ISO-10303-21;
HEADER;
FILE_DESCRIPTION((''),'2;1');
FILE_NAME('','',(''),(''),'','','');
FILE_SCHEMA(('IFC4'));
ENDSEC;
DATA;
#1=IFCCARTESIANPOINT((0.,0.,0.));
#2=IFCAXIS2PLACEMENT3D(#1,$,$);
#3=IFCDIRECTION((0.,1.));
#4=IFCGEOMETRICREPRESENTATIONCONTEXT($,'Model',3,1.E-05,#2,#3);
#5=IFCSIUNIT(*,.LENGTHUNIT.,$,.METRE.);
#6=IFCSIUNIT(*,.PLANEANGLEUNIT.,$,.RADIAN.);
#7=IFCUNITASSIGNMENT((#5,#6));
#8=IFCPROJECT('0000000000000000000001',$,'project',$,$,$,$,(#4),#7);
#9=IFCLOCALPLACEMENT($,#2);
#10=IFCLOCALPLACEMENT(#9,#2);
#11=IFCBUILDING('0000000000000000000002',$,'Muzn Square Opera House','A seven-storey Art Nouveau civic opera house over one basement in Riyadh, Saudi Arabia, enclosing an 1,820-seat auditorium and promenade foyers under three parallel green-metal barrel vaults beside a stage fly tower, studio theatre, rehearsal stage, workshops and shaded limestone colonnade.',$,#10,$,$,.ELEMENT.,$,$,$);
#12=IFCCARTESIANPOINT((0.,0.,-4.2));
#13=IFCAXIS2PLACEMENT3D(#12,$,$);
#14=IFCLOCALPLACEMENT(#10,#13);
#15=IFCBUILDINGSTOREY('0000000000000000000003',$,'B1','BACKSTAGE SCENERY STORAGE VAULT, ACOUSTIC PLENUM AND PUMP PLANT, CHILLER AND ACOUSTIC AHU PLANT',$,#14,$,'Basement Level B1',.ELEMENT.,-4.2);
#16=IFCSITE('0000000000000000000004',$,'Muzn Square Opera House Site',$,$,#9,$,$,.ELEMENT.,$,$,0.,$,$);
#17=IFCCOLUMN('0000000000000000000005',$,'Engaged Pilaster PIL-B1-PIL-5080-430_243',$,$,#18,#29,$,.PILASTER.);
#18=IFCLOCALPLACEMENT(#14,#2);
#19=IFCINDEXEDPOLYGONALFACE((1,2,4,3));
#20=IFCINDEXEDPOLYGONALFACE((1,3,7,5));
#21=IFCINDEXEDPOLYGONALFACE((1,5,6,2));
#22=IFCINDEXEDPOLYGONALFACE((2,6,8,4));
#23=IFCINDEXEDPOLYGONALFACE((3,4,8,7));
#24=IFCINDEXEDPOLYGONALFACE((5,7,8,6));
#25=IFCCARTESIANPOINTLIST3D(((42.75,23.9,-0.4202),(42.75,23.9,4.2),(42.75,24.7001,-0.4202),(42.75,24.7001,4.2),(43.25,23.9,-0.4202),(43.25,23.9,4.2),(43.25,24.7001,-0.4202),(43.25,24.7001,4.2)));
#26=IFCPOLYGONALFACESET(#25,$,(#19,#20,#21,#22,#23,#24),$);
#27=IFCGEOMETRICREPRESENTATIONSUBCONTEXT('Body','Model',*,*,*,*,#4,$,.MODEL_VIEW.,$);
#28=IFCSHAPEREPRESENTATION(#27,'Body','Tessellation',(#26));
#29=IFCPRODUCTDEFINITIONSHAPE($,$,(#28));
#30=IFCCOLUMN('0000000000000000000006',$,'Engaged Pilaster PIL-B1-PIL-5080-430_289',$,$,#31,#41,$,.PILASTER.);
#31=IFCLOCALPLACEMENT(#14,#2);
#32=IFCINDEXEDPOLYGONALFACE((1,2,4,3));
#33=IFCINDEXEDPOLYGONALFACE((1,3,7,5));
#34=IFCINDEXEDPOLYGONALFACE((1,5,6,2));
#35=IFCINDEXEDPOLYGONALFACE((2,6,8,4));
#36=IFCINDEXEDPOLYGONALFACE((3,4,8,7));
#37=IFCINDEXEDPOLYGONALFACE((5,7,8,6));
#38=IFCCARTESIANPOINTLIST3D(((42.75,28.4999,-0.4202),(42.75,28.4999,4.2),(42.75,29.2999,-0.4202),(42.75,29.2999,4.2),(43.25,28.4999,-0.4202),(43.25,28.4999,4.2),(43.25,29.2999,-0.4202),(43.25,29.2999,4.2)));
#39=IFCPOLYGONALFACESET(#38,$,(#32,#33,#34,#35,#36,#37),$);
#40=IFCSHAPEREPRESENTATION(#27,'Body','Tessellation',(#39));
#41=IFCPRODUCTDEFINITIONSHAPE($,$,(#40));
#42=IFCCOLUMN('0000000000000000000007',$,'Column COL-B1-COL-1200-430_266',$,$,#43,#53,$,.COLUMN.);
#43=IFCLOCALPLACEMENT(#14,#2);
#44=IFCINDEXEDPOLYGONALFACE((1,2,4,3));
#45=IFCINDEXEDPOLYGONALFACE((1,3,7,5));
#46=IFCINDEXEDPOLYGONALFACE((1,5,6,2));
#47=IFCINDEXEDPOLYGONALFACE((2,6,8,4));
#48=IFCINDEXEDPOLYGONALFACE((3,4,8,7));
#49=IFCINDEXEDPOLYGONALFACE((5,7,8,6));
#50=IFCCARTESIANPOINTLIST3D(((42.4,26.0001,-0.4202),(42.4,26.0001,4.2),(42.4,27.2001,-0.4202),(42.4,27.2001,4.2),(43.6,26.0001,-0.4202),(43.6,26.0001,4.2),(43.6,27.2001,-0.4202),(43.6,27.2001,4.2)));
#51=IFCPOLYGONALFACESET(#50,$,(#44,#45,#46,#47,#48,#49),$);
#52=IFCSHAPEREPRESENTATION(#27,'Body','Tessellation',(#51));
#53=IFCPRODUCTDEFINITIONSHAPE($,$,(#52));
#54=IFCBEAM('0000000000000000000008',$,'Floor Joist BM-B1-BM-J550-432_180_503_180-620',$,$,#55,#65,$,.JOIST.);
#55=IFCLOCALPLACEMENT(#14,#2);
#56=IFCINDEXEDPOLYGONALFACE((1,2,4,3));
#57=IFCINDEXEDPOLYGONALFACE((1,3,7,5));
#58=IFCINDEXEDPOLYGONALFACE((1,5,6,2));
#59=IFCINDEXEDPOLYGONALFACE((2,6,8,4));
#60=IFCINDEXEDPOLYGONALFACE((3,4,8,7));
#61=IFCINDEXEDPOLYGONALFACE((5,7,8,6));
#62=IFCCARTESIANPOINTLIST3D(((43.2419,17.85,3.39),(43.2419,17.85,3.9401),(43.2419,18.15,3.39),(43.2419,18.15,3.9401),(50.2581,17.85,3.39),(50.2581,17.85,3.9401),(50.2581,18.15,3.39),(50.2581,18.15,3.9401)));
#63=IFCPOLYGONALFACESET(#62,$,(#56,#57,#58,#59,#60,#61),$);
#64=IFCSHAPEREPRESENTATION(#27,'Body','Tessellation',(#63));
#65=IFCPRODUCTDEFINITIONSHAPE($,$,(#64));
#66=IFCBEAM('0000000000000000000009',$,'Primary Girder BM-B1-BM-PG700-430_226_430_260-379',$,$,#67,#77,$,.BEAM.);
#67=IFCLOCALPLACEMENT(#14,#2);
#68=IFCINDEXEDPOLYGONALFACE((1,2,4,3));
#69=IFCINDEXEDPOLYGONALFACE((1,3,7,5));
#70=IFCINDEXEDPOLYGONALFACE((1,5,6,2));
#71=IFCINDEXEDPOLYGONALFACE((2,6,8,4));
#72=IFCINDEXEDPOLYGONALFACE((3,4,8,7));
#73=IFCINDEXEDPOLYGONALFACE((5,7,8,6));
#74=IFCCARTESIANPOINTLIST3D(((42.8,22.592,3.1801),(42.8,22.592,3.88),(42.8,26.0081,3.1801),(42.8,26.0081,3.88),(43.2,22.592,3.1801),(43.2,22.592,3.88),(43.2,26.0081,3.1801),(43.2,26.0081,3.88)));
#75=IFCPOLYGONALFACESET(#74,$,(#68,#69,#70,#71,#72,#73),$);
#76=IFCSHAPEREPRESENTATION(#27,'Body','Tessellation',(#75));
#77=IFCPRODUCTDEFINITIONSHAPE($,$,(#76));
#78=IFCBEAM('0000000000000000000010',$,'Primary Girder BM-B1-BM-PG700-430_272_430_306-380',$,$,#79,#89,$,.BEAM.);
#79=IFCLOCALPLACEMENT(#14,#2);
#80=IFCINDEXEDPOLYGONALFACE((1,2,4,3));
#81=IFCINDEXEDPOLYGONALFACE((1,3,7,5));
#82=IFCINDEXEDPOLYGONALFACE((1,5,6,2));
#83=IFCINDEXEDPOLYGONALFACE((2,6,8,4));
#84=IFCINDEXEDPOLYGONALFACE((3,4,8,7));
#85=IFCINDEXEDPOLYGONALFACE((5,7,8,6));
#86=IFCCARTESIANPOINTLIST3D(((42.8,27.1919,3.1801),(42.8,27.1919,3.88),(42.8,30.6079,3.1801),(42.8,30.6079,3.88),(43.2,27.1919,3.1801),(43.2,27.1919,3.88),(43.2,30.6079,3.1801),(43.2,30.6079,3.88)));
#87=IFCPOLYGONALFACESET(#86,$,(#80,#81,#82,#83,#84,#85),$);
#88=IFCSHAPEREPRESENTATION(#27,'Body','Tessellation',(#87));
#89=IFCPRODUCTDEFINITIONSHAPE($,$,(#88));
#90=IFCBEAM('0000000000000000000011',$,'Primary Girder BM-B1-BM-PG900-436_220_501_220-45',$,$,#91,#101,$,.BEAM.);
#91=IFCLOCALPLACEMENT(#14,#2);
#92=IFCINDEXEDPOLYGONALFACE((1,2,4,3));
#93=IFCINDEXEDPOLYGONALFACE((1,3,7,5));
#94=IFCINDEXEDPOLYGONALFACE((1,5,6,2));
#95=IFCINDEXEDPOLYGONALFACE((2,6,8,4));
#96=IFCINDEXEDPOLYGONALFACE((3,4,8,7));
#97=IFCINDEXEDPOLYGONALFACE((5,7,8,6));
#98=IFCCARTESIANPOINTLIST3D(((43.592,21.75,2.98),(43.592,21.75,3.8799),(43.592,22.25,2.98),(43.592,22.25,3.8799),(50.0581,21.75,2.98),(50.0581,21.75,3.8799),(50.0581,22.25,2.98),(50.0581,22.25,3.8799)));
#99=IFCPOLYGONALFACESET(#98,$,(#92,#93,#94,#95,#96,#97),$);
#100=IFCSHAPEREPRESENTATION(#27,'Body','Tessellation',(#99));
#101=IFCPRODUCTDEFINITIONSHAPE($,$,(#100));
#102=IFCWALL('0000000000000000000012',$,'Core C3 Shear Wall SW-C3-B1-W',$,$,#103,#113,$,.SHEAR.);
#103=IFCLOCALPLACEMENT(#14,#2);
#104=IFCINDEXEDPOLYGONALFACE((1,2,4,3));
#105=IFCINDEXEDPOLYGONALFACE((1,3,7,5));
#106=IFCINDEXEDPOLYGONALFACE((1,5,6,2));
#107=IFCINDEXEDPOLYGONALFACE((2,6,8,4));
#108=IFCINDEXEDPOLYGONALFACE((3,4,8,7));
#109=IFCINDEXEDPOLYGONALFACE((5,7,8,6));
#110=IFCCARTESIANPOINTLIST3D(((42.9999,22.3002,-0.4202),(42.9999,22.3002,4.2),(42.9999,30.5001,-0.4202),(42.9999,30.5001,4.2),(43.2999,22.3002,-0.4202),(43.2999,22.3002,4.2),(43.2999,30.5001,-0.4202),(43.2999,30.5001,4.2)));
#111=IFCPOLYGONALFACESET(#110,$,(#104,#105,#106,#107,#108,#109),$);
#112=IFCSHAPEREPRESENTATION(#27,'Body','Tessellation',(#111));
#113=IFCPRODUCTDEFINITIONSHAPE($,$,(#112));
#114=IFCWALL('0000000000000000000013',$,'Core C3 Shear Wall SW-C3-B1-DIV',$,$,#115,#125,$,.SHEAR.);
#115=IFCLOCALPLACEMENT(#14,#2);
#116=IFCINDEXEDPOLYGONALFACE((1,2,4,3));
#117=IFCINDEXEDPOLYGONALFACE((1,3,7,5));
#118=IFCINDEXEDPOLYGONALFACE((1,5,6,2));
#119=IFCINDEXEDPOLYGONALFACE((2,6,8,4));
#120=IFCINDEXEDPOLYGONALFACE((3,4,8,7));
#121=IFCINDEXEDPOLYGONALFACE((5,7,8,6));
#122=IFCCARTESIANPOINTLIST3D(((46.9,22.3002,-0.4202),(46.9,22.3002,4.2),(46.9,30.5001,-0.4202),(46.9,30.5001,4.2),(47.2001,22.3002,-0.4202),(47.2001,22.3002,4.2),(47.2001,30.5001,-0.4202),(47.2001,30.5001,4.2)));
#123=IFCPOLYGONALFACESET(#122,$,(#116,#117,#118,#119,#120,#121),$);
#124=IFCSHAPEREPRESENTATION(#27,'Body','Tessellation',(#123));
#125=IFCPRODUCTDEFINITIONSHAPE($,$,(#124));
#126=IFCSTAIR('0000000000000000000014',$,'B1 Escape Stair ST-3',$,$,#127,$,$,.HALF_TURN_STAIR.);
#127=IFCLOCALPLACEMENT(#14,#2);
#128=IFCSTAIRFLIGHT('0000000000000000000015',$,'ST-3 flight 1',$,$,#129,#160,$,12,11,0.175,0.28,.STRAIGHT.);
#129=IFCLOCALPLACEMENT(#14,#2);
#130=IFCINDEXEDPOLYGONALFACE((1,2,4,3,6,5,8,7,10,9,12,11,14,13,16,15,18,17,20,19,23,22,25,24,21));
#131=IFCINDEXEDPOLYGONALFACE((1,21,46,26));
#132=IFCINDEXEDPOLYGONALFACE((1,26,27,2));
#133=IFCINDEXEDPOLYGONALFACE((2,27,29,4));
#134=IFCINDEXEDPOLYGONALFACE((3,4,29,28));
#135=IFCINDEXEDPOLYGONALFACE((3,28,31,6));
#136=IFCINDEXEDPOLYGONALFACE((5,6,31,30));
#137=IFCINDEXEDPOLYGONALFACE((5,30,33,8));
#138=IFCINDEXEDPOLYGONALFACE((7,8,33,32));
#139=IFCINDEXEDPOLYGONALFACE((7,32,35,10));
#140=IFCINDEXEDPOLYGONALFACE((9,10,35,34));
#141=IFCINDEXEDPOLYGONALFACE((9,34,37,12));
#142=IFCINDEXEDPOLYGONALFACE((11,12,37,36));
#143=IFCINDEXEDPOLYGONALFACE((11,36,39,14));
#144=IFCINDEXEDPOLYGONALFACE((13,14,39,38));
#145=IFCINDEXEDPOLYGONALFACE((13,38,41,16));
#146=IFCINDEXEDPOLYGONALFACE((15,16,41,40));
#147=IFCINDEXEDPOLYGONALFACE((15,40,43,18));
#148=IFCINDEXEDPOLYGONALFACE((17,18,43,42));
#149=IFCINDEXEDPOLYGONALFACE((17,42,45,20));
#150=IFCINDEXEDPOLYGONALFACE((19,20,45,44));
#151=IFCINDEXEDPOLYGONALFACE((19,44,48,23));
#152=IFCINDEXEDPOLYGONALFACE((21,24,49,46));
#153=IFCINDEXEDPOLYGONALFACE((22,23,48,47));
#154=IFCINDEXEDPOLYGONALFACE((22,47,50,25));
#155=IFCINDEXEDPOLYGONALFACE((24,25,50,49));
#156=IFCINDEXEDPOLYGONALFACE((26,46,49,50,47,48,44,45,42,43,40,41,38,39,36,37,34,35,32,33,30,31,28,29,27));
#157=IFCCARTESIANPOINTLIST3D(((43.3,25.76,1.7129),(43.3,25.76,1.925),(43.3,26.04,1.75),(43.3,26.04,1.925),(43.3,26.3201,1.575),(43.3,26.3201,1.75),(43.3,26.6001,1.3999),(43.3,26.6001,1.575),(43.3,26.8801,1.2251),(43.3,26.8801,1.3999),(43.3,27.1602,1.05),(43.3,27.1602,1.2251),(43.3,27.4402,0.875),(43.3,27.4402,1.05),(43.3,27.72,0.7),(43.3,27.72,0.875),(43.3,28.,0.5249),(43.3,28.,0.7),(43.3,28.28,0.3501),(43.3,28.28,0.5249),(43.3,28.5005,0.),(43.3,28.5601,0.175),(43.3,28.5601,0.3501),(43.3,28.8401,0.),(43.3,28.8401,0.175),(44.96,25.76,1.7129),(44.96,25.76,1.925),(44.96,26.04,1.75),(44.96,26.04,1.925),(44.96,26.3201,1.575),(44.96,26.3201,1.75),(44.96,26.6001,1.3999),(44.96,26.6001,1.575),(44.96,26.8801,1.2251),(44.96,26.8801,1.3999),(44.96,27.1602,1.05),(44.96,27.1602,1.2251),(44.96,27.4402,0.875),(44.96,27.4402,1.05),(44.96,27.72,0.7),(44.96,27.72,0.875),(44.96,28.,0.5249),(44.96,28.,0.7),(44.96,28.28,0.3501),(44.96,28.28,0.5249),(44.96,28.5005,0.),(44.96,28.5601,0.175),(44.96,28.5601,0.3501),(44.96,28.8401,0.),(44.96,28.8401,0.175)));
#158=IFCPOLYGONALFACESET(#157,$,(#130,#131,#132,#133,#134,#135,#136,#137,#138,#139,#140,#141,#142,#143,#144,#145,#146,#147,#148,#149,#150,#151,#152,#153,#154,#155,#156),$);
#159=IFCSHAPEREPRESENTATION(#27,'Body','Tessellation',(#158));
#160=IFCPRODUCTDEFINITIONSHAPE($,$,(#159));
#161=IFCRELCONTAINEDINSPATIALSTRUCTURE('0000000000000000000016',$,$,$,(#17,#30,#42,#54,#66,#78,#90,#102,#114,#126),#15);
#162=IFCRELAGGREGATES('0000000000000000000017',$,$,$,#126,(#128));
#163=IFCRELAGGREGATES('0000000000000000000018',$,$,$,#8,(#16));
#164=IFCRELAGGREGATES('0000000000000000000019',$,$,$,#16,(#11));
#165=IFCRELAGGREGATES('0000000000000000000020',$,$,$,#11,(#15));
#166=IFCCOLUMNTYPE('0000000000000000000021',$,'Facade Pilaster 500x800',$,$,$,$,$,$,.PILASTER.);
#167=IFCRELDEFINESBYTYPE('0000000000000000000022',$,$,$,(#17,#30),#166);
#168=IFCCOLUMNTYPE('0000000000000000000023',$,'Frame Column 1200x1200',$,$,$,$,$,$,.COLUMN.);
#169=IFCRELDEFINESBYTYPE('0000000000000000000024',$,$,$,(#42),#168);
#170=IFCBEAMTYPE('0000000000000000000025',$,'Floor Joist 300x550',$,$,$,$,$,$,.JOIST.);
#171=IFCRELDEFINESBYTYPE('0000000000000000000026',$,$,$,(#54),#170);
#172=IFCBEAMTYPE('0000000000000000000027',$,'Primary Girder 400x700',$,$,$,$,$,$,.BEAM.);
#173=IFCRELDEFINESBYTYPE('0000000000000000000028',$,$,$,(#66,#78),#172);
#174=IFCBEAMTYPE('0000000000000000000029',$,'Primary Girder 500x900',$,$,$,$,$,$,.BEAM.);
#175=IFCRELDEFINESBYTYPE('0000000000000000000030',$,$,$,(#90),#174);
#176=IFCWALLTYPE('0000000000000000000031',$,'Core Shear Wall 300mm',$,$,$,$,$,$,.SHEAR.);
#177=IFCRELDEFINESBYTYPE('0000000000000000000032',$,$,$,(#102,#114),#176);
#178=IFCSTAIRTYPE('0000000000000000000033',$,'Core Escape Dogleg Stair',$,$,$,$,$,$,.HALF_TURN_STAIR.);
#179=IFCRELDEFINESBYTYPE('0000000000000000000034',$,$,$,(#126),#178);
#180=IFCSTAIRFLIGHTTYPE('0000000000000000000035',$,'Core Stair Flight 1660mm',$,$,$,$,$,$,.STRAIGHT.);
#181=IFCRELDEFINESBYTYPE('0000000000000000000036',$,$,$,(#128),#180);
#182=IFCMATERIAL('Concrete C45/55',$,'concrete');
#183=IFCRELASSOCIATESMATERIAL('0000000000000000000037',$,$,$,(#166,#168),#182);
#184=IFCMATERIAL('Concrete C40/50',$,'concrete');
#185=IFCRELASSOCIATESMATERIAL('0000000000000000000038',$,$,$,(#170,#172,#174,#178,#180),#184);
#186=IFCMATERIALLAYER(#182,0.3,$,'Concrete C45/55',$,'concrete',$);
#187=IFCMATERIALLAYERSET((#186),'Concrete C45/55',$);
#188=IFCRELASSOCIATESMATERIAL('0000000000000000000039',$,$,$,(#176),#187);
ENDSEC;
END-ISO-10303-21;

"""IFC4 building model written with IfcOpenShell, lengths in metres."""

from ifc_helpers import new_model, si_unit, direction, frame, frame_2d, origin, origin_2d, place, context, subcontext, project, spatial, polyline, rectangle, outline, extrude, material, layer, layer_set, material_profile, profile_set, type_object, element, aggregate, save


model = new_model("IFC4")

# Units and contexts
model_context = context("Model", 3, precision=1e-05, world=origin(), true_north=direction((0.0, 1.0)))
body_context = subcontext(model_context, "Body", "Model", "MODEL_VIEW")
ifc_project = project(units=[si_unit("LENGTHUNIT", "METRE"), si_unit("PLANEANGLEUNIT", "RADIAN")], contexts=[model_context])

# Site, building, storey
site_placement = place(None, origin())
site = spatial("IfcSite", under=ifc_project, at=site_placement, Name="Muzn Square Opera House Site", CompositionType="ELEMENT", RefElevation=0.0)
building_placement = place(site_placement, origin())
building = spatial("IfcBuilding", under=site, at=building_placement, Name="Muzn Square Opera House", Description="A seven-storey Art Nouveau civic opera house over one basement in Riyadh, Saudi Arabia, enclosing an 1,820-seat auditorium and promenade foyers under three parallel green-metal barrel vaults beside a stage fly tower, studio theatre, rehearsal stage, workshops and shaded limestone colonnade.", CompositionType="ELEMENT")
storey_placement = place(building_placement, frame((0.0, 0.0, -4.2)))
storey = spatial("IfcBuildingStorey", under=building, at=storey_placement, Name="B1", Description="BACKSTAGE SCENERY STORAGE VAULT, ACOUSTIC PLENUM AND PUMP PLANT, CHILLER AND ACOUSTIC AHU PLANT", LongName="Basement Level B1", CompositionType="ELEMENT", Elevation=-4.2)

# Shared definitions
ifc_material_1 = material(Name="Concrete C40/50", Category="concrete")

# Columns
ifc_material_2 = material(Name="Concrete C45/55", Category="concrete")
ifc_material_profile_1 = material_profile(ifc_material_2, rectangle(XDim=0.5, YDim=0.8, at=origin_2d()), Name="RC 500x800", Category="concrete")
ifc_profile_set_1 = profile_set([ifc_material_profile_1], Name="Concrete C45/55")
column_type_1 = type_object("IfcColumnType", Name="Facade Pilaster 500x800", PredefinedType="PILASTER", material=ifc_profile_set_1)
for number, where, z_axis, x_axis, name in (
    (1, (43.0, 24.3, -0.4202), (0.0, 0.0, 1.0), (1.0, 0.0, 0.0), "Engaged Pilaster PIL-B1-PIL-5080-430_243"),
    (2, (43.0, 28.8999, -0.4202), (0.0, 0.0, 1.0), (1.0, 0.0, 0.0), "Engaged Pilaster PIL-B1-PIL-5080-430_289"),
):
    element("IfcColumn", number, at=place(storey_placement, frame(where, z_axis=z_axis, x_axis=x_axis)), inside=storey, type_object=column_type_1, Name=name, PredefinedType="PILASTER", context=body_context, shape_type="SweptSolid", body=[
        extrude(rectangle(XDim=0.5, YDim=0.8, at=origin_2d()), origin(), (0.0, 0.0, 1.0), 4.6201),
    ])
ifc_material_profile_2 = material_profile(ifc_material_2, rectangle(XDim=1.2, YDim=1.2, at=origin_2d()), Name="RC 1200x1200", Category="concrete")
ifc_profile_set_2 = profile_set([ifc_material_profile_2], Name="Concrete C45/55")
column_type_2 = type_object("IfcColumnType", Name="Frame Column 1200x1200", PredefinedType="COLUMN", material=ifc_profile_set_2)
column_placement = place(storey_placement, frame((43.0, 26.6001, -0.4202), z_axis=(0.0, 0.0, 1.0), x_axis=(1.0, 0.0, 0.0)))
element("IfcColumn", 3, at=column_placement, inside=storey, type_object=column_type_2, Name="Column COL-B1-COL-1200-430_266", PredefinedType="COLUMN", context=body_context, shape_type="SweptSolid", body=[
    extrude(rectangle(XDim=1.2, YDim=1.2, at=origin_2d()), origin(), (0.0, 0.0, 1.0), 4.6201),
])

# Beams
ifc_material_profile_3 = material_profile(ifc_material_1, rectangle(XDim=0.3, YDim=0.55, at=origin_2d()), Name="RCJ 300x550", Category="concrete")
ifc_profile_set_3 = profile_set([ifc_material_profile_3], Name="Concrete C40/50")
beam_type_1 = type_object("IfcBeamType", Name="Floor Joist 300x550", PredefinedType="JOIST", material=ifc_profile_set_3)
beam_1_placement = place(storey_placement, frame((43.2419, 18.0, 3.665), z_axis=(1.0, 0.0, 0.0), x_axis=(0.0, 1.0, 0.0)))
element("IfcBeam", 4, at=beam_1_placement, inside=storey, type_object=beam_type_1, Name="Floor Joist BM-B1-BM-J550-432_180_503_180-620", PredefinedType="JOIST", context=body_context, shape_type="SweptSolid", body=[
    extrude(rectangle(XDim=0.3, YDim=0.55, at=origin_2d()), origin(), (0.0, 0.0, 1.0), 7.0161),
])
ifc_material_profile_4 = material_profile(ifc_material_1, rectangle(XDim=0.3999, YDim=0.7, at=origin_2d()), Name="RCB 400x700", Category="concrete")
ifc_profile_set_4 = profile_set([ifc_material_profile_4], Name="Concrete C40/50")
beam_type_2 = type_object("IfcBeamType", Name="Primary Girder 400x700", PredefinedType="BEAM", material=ifc_profile_set_4)
for number, where, z_axis, x_axis, name in (
    (5, (43.0, 22.592, 3.53), (0.0, 1.0, 0.0), (-1.0, 0.0, 0.0), "Primary Girder BM-B1-BM-PG700-430_226_430_260-379"),
    (6, (43.0, 27.1919, 3.53), (0.0, 1.0, 0.0), (-1.0, 0.0, 0.0), "Primary Girder BM-B1-BM-PG700-430_272_430_306-380"),
):
    element("IfcBeam", number, at=place(storey_placement, frame(where, z_axis=z_axis, x_axis=x_axis)), inside=storey, type_object=beam_type_2, Name=name, PredefinedType="BEAM", context=body_context, shape_type="SweptSolid", body=[
        extrude(rectangle(XDim=0.3999, YDim=0.7, at=origin_2d()), origin(), (0.0, 0.0, 1.0), 3.416),
    ])
ifc_material_profile_5 = material_profile(ifc_material_1, rectangle(XDim=0.5, YDim=0.8999, at=origin_2d()), Name="RCB 500x900", Category="concrete")
ifc_profile_set_5 = profile_set([ifc_material_profile_5], Name="Concrete C40/50")
beam_type_3 = type_object("IfcBeamType", Name="Primary Girder 500x900", PredefinedType="BEAM", material=ifc_profile_set_5)
beam_2_placement = place(storey_placement, frame((43.592, 22.0, 3.4299), z_axis=(1.0, 0.0, 0.0), x_axis=(0.0, 1.0, 0.0)))
element("IfcBeam", 7, at=beam_2_placement, inside=storey, type_object=beam_type_3, Name="Primary Girder BM-B1-BM-PG900-436_220_501_220-45", PredefinedType="BEAM", context=body_context, shape_type="SweptSolid", body=[
    extrude(rectangle(XDim=0.5, YDim=0.8999, at=origin_2d()), origin(), (0.0, 0.0, 1.0), 6.4661),
])

# Walls
ifc_layer = layer(ifc_material_2, 0.3, Name="Concrete C45/55", Category="concrete")
ifc_layer_set = layer_set([ifc_layer], Name="Concrete C45/55")
wall_type = type_object("IfcWallType", Name="Core Shear Wall 300mm", PredefinedType="SHEAR", material=ifc_layer_set)
for number, where, z_axis, x_axis, name in (
    (8, (43.1499, 22.3, -0.4202), (0.0, 0.0, 1.0), (0.0, 1.0, 0.0), "Core C3 Shear Wall SW-C3-B1-W"),
    (9, (47.05, 22.3, -0.4202), (0.0, 0.0, 1.0), (0.0, 1.0, 0.0), "Core C3 Shear Wall SW-C3-B1-DIV"),
):
    element("IfcWall", number, at=place(storey_placement, frame(where, z_axis=z_axis, x_axis=x_axis)), inside=storey, type_object=wall_type, Name=name, PredefinedType="SHEAR", context=body_context, shape_type="SweptSolid", body=[
        extrude(rectangle(XDim=8.2, YDim=0.3, at=frame_2d((4.1001, 0.0))), origin(), (0.0, 0.0, 1.0), 4.6201),
    ])

# Stair, stair flight
stair_type = type_object("IfcStairType", Name="Core Escape Dogleg Stair", PredefinedType="HALF_TURN_STAIR", material=ifc_material_1)
stair_placement = place(storey_placement, origin())
stair = element("IfcStair", 10, at=stair_placement, inside=storey, type_object=stair_type, Name="B1 Escape Stair ST-3", PredefinedType="HALF_TURN_STAIR")
stair_flight_type = type_object("IfcStairFlightType", Name="Core Stair Flight 1660mm", PredefinedType="STRAIGHT", material=ifc_material_1)
stair_flight_1_placement = place(storey_placement, frame((44.1299, 28.8401, 0.0), z_axis=(0.0, 0.0, 1.0), x_axis=(0.0, -1.0, 0.0)))
stair_flight_1 = element("IfcStairFlight", 11, at=stair_flight_1_placement, type_object=stair_flight_type, Name="ST-3 flight 1", NumberOfRisers=12, NumberOfTreads=11, PredefinedType="STRAIGHT", RiserHeight=0.175, TreadLength=0.28, context=body_context, shape_type="SweptSolid", body=[
    extrude(outline(polyline([(0.0, 0.0), (0.0, 0.175), (0.28, 0.175), (0.28, 0.3501), (0.5601, 0.3501), (0.5601, 0.5249), (0.8401, 0.5249), (0.8401, 0.7), (1.1201, 0.7), (1.1201, 0.875), (1.3999, 0.875), (1.3999, 1.05), (1.6799, 1.05), (1.6799, 1.2251), (1.96, 1.2251), (1.96, 1.3999), (2.24, 1.3999), (2.24, 1.575), (2.52, 1.575), (2.52, 1.75), (2.8, 1.75), (2.8, 1.925), (3.0801, 1.925), (3.0801, 2.1001), (3.0801, 1.7129), (0.3396, 0.0), (0.0, 0.0)])), frame((0.0, 0.8301, 0.0), z_axis=(0.0, -1.0, 0.0), x_axis=(1.0, 0.0, 0.0)), (0.0, 0.0, 1.0), 1.6599),
])
aggregate(stair, [stair_flight_1])

save(model, "model.ifc")
